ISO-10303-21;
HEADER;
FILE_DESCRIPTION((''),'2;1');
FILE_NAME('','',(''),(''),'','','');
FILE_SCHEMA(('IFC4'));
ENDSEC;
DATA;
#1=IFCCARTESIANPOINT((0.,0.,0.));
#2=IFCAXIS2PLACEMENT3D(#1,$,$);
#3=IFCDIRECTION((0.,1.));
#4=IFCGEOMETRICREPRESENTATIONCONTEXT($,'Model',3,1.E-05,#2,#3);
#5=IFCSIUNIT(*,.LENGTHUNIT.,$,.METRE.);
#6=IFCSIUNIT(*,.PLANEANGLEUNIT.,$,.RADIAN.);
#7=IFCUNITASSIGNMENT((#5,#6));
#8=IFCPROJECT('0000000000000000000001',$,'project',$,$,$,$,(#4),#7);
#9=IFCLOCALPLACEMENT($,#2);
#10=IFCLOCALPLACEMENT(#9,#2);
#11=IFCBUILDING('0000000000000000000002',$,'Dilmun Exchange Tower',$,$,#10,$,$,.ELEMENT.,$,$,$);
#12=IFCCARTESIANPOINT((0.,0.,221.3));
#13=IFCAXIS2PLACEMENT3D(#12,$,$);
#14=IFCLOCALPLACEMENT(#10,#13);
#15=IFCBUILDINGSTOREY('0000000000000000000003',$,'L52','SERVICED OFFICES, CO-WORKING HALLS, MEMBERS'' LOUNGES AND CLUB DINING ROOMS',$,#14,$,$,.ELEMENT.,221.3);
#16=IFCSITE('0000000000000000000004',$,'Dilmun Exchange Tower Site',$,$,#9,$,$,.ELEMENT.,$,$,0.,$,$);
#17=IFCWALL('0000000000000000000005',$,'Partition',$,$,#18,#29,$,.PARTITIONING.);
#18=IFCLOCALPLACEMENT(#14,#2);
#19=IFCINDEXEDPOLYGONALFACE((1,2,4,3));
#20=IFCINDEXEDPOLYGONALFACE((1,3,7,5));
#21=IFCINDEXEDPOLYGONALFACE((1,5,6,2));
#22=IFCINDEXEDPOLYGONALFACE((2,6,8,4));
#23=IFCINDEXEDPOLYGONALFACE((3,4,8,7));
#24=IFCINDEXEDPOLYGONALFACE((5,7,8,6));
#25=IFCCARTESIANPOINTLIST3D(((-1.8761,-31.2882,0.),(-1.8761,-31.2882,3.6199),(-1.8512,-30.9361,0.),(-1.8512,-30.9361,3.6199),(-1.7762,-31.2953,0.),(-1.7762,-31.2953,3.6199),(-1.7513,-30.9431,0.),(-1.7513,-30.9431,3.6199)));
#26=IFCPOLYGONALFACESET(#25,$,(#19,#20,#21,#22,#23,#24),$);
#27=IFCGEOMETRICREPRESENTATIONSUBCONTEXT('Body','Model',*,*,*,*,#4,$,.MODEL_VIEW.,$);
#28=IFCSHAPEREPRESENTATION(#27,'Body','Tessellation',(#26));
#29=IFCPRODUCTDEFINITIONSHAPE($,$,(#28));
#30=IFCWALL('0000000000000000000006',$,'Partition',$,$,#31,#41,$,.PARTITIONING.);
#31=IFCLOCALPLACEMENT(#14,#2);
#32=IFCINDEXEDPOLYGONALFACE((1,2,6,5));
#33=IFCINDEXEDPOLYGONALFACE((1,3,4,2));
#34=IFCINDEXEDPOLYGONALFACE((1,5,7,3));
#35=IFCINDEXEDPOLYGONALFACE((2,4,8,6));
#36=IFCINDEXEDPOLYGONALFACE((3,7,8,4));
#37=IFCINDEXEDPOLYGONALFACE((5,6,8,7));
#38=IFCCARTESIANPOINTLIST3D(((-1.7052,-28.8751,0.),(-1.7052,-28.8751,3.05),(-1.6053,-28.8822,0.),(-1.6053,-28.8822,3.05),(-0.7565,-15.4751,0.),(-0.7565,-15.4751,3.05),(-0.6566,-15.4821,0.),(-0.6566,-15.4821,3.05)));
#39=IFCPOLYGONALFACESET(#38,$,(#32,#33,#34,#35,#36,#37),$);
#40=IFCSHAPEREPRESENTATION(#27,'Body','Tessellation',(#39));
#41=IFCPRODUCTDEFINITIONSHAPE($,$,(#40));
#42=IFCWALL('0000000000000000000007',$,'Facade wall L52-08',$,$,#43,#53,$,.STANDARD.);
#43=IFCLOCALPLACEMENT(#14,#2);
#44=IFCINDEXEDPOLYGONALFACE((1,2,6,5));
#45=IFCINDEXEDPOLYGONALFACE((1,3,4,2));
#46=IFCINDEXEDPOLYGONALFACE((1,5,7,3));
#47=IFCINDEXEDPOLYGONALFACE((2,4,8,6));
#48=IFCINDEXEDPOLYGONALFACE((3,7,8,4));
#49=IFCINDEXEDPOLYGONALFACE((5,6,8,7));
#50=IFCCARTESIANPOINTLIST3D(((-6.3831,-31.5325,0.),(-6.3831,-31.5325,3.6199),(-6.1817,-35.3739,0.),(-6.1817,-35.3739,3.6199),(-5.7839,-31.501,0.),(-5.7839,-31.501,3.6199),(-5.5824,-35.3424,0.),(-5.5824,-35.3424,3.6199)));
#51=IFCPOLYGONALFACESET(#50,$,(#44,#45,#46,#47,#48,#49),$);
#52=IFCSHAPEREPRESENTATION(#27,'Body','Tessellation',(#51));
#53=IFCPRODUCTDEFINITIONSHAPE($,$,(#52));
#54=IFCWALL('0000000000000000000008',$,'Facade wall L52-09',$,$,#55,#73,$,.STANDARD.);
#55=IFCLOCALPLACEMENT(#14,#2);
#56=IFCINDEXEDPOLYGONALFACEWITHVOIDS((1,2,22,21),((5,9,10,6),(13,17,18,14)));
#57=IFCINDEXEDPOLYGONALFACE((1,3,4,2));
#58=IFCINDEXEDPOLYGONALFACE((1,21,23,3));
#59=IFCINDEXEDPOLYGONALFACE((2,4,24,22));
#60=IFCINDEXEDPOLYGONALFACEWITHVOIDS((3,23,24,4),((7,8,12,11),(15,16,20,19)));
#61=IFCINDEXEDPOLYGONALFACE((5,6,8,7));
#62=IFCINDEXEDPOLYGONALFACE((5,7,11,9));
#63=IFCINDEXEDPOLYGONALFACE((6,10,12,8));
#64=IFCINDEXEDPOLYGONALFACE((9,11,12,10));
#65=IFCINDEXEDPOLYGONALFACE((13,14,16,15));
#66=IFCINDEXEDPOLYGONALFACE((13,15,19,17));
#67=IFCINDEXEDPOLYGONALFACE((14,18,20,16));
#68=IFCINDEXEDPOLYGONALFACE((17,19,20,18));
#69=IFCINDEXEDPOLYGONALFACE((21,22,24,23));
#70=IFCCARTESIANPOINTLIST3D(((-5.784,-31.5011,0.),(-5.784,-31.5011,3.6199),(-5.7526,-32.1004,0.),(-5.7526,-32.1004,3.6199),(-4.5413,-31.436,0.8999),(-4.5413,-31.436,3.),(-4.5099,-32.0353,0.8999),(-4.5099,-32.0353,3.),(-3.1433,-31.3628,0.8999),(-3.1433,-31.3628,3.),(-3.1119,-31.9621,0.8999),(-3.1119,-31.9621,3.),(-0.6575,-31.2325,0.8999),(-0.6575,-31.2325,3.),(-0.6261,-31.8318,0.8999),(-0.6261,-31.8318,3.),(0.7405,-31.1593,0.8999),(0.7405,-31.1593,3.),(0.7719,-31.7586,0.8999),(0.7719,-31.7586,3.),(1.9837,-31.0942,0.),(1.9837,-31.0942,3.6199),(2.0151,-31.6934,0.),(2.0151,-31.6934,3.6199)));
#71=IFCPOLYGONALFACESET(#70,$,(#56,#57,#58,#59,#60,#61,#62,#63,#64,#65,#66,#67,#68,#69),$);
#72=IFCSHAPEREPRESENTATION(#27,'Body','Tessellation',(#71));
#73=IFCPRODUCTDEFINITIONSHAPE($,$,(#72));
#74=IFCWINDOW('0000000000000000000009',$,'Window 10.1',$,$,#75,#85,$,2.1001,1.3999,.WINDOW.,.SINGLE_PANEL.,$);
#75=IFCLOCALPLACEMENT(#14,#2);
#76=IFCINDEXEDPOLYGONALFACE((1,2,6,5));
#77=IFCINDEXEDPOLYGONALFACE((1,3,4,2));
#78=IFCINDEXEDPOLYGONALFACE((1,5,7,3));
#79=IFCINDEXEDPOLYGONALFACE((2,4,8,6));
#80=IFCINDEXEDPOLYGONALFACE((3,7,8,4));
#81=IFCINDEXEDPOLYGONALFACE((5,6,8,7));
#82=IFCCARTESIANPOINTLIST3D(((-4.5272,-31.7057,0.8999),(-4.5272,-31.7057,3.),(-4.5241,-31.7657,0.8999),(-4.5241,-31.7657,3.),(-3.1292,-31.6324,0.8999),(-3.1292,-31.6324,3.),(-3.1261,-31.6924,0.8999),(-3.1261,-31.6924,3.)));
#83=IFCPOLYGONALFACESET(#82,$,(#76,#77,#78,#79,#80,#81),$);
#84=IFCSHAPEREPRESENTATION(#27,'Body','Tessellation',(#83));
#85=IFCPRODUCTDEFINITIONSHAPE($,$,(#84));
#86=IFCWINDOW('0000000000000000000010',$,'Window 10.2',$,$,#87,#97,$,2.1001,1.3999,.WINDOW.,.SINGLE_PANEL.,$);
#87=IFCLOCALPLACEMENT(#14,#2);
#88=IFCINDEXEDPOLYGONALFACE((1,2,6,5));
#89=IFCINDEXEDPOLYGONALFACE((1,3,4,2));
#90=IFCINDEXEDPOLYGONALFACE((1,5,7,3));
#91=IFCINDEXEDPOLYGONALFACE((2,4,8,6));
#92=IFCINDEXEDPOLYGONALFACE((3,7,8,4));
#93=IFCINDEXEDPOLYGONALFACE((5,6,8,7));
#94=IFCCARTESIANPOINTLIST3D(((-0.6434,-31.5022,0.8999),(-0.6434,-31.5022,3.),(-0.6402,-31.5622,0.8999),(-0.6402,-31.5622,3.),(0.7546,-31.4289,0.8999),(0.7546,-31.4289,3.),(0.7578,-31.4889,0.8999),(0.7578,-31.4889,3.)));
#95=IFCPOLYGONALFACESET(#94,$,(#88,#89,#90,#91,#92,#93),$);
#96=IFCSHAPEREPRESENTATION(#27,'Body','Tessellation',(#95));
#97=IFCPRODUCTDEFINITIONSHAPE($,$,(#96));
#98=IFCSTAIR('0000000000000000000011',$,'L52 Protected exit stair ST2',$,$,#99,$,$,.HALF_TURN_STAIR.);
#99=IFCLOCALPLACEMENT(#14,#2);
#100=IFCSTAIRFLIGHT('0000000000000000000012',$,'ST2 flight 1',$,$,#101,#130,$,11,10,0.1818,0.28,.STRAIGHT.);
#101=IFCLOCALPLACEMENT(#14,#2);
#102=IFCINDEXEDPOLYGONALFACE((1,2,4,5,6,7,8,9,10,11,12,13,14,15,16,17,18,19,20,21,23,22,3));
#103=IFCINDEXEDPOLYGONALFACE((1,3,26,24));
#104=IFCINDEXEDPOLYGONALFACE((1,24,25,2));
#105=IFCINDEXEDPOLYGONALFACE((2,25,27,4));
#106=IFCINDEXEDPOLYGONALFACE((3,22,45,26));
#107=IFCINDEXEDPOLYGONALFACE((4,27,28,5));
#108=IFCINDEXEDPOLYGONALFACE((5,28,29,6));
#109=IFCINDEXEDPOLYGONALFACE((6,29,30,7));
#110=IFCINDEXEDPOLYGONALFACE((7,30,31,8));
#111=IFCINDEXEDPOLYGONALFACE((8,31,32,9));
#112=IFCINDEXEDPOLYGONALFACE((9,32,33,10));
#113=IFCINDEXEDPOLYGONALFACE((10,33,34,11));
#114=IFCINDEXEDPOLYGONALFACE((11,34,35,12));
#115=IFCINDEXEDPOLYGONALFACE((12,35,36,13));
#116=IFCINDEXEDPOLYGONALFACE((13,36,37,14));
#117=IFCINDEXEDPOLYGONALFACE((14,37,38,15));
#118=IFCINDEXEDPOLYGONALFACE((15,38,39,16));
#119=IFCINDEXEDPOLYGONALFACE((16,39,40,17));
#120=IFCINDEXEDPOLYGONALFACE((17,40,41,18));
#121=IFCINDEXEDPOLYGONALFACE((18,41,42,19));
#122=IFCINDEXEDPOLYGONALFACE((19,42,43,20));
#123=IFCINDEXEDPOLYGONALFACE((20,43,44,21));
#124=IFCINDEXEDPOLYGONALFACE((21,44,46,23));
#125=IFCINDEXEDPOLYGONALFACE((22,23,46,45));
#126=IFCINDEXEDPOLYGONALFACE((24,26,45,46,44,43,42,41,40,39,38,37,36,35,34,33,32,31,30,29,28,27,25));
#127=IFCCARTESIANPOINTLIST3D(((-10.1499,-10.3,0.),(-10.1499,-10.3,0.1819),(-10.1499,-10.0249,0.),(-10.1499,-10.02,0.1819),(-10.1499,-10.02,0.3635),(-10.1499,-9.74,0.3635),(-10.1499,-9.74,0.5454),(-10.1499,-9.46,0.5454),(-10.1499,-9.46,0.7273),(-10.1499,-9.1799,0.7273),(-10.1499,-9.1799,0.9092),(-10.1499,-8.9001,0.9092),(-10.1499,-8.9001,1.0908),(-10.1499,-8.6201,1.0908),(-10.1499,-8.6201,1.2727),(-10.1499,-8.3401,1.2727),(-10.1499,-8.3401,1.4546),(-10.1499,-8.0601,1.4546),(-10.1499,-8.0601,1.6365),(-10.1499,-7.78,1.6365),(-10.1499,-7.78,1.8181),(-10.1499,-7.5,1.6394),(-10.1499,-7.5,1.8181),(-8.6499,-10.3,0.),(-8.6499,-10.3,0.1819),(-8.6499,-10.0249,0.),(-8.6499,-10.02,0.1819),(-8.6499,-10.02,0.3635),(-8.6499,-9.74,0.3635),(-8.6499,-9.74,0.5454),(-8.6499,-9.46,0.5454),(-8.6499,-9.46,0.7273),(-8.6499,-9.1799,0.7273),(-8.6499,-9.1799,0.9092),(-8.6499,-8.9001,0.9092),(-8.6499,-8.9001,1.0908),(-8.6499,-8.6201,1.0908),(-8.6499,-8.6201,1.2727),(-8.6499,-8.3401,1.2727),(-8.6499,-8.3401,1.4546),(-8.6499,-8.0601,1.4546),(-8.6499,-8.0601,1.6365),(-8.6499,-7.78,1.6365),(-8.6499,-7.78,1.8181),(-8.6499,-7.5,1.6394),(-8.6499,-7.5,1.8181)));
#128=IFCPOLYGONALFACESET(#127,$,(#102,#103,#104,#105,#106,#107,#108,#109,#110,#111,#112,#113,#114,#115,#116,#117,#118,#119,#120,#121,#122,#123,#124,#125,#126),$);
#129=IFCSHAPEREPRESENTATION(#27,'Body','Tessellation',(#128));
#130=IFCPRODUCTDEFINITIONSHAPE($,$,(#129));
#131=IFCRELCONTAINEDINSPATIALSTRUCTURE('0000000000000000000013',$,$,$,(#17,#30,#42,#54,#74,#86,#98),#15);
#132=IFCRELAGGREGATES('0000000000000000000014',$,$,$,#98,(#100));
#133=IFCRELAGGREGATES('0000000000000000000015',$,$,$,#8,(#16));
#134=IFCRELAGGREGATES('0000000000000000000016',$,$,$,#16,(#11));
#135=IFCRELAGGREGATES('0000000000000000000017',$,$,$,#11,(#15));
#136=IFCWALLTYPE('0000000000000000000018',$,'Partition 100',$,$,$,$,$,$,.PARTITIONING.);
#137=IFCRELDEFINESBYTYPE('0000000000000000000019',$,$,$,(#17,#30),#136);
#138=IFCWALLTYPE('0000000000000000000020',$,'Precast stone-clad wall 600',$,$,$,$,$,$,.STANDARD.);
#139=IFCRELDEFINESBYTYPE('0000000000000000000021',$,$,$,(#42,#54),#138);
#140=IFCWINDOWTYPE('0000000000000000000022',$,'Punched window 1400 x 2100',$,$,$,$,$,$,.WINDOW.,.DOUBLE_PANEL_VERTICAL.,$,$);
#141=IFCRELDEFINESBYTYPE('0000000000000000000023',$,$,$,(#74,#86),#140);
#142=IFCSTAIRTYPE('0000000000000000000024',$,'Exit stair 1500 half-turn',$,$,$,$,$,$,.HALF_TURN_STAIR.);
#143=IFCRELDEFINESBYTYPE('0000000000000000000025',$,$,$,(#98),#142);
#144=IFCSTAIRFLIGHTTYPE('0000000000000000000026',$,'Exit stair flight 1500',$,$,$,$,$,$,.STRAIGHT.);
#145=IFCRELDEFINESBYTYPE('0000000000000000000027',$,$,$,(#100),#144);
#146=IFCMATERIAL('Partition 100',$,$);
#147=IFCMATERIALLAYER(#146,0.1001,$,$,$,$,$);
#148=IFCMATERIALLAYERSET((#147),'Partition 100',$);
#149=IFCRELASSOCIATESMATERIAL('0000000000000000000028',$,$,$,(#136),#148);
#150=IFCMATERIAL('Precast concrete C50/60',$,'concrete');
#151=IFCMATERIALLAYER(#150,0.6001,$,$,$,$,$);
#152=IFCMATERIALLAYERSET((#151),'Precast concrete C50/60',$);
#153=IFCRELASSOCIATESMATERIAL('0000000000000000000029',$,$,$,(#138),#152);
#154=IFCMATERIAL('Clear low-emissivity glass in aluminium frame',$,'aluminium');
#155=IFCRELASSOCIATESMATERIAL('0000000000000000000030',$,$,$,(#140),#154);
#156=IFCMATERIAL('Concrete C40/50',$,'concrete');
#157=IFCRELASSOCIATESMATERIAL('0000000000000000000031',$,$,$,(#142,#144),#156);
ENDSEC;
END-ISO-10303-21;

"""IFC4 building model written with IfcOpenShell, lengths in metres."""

from ifc_helpers import new_model, si_unit, direction, frame, frame_2d, origin, place, context, subcontext, project, spatial, polyline, rectangle, outline, extrude, material, layer, layer_set, type_object, element, fill, aggregate, save


model = new_model("IFC4")

# Units and contexts
model_context = context("Model", 3, precision=1e-05, world=origin(), true_north=direction((0.0, 1.0)))
body_context = subcontext(model_context, "Body", "Model", "MODEL_VIEW")
ifc_project = project(units=[si_unit("LENGTHUNIT", "METRE"), si_unit("PLANEANGLEUNIT", "RADIAN")], contexts=[model_context])

# Site, building, storey
site_placement = place(None, origin())
site = spatial("IfcSite", under=ifc_project, at=site_placement, Name="Dilmun Exchange Tower Site", CompositionType="ELEMENT", RefElevation=0.0)
building_placement = place(site_placement, origin())
building = spatial("IfcBuilding", under=site, at=building_placement, Name="Dilmun Exchange Tower", CompositionType="ELEMENT")
storey_placement = place(building_placement, frame((0.0, 0.0, 221.3)))
storey = spatial("IfcBuildingStorey", under=building, at=storey_placement, Name="L52", Description="SERVICED OFFICES, CO-WORKING HALLS, MEMBERS' LOUNGES AND CLUB DINING ROOMS", CompositionType="ELEMENT", Elevation=221.3)

# Shared definitions
ifc_material_1 = material(Name="Concrete C40/50", Category="concrete")

# Walls
ifc_material_2 = material(Name="Partition 100")
ifc_layer_1 = layer(ifc_material_2, 0.1001)
ifc_layer_set_1 = layer_set([ifc_layer_1], Name="Partition 100")
wall_type_1 = type_object("IfcWallType", Name="Partition 100", PredefinedType="PARTITIONING", material=ifc_layer_set_1)
wall_1_placement = place(storey_placement, frame((-1.8262, -31.2917, 0.0), z_axis=(0.0, 0.0, 1.0), x_axis=(0.070559, 0.997508, 0.0)))
element("IfcWall", 1, at=wall_1_placement, inside=storey, type_object=wall_type_1, Name="Partition", PredefinedType="PARTITIONING", context=body_context, shape_type="SweptSolid", body=[
    extrude(rectangle(XDim=0.353, YDim=0.1001, at=frame_2d((0.1765, 0.0))), origin(), (0.0, 0.0, 1.0), 3.6199),
])
wall_2_placement = place(storey_placement, frame((-1.6553, -28.8787, 0.0), z_axis=(0.0, 0.0, 1.0), x_axis=(0.070623, 0.997503, 0.0)))
element("IfcWall", 2, at=wall_2_placement, inside=storey, type_object=wall_type_1, Name="Partition", PredefinedType="PARTITIONING", context=body_context, shape_type="SweptSolid", body=[
    extrude(rectangle(XDim=13.4336, YDim=0.1001, at=frame_2d((6.7168, 0.0))), origin(), (0.0, 0.0, 1.0), 3.05),
])
ifc_material_3 = material(Name="Precast concrete C50/60", Category="concrete")
ifc_layer_2 = layer(ifc_material_3, 0.6001)
ifc_layer_set_2 = layer_set([ifc_layer_2], Name="Precast concrete C50/60")
wall_type_2 = type_object("IfcWallType", Name="Precast stone-clad wall 600", PredefinedType="STANDARD", material=ifc_layer_set_2)
wall_3_placement = place(storey_placement, frame((-5.8821, -35.3582, 0.0), z_axis=(0.0, 0.0, 1.0), x_axis=(-0.052362, 0.998628, 0.0)))
element("IfcWall", 3, at=wall_3_placement, inside=storey, type_object=wall_type_2, Name="Facade wall L52-08", PredefinedType="STANDARD", context=body_context, shape_type="SweptSolid", body=[
    extrude(rectangle(XDim=3.8467, YDim=0.6001, at=frame_2d((1.9233, 0.0))), origin(), (0.0, 0.0, 1.0), 3.6199),
])

# Wall, openings, windows
wall_4_placement = place(storey_placement, frame((-5.7683, -31.8008, 0.0), z_axis=(0.0, 0.0, 1.0), x_axis=(0.99863, 0.052323, 0.0)))
wall_4 = element("IfcWall", 4, at=wall_4_placement, inside=storey, type_object=wall_type_2, Name="Facade wall L52-09", PredefinedType="STANDARD", context=body_context, shape_type="SweptSolid", body=[
    extrude(rectangle(XDim=7.7783, YDim=0.6001, at=frame_2d((3.8892, 0.0))), origin(), (0.0, 0.0, 1.0), 3.6199),
])
opening_1_placement = place(wall_4_placement, frame((1.2444, 0.0, 0.8999)))
opening_1 = element("IfcOpeningElement", 5, at=opening_1_placement, cuts=wall_4, PredefinedType="OPENING", context=body_context, shape_type="SweptSolid", body=[
    extrude(rectangle(XDim=1.3999, YDim=2.1001, at=frame_2d((0.7, 1.05))), frame((0.0, 0.3101, 0.0), z_axis=(0.0, -1.0, 0.0), x_axis=(1.0, 0.0, 0.0)), (0.0, 0.0, 1.0), 0.6201),
])
opening_2_placement = place(wall_4_placement, frame((5.1335, 0.0, 0.8999)))
opening_2 = element("IfcOpeningElement", 6, at=opening_2_placement, cuts=wall_4, PredefinedType="OPENING", context=body_context, shape_type="SweptSolid", body=[
    extrude(rectangle(XDim=1.3999, YDim=2.1001, at=frame_2d((0.7, 1.05))), frame((0.0, 0.3101, 0.0), z_axis=(0.0, -1.0, 0.0), x_axis=(1.0, 0.0, 0.0)), (0.0, 0.0, 1.0), 0.6201),
])
ifc_material_4 = material(Name="Clear low-emissivity glass in aluminium frame", Category="aluminium")
window_type = type_object("IfcWindowType", Name="Punched window 1400 x 2100", PartitioningType="DOUBLE_PANEL_VERTICAL", PredefinedType="WINDOW", material=ifc_material_4)
window_1_placement = place(opening_1_placement, origin())
window_1 = element("IfcWindow", 7, at=window_1_placement, inside=storey, type_object=window_type, Name="Window 10.1", OverallHeight=2.1001, OverallWidth=1.3999, PartitioningType="SINGLE_PANEL", PredefinedType="WINDOW", context=body_context, shape_type="SweptSolid", body=[
    extrude(rectangle(XDim=1.3999, YDim=2.1001, at=frame_2d((0.7, 1.05))), frame((0.0, 0.03, 0.0), z_axis=(0.0, -1.0, 0.0), x_axis=(1.0, 0.0, 0.0)), (0.0, 0.0, 1.0), 0.0601),
])
fill(opening_1, window_1)
window_2_placement = place(opening_2_placement, origin())
window_2 = element("IfcWindow", 8, at=window_2_placement, inside=storey, type_object=window_type, Name="Window 10.2", OverallHeight=2.1001, OverallWidth=1.3999, PartitioningType="SINGLE_PANEL", PredefinedType="WINDOW", context=body_context, shape_type="SweptSolid", body=[
    extrude(rectangle(XDim=1.3999, YDim=2.1001, at=frame_2d((0.7, 1.05))), frame((0.0, 0.03, 0.0), z_axis=(0.0, -1.0, 0.0), x_axis=(1.0, 0.0, 0.0)), (0.0, 0.0, 1.0), 0.0601),
])
fill(opening_2, window_2)

# Stair, stair flight
stair_type = type_object("IfcStairType", Name="Exit stair 1500 half-turn", PredefinedType="HALF_TURN_STAIR", material=ifc_material_1)
stair_placement = place(storey_placement, origin())
stair = element("IfcStair", 9, at=stair_placement, inside=storey, type_object=stair_type, Name="L52 Protected exit stair ST2", PredefinedType="HALF_TURN_STAIR")
stair_flight_type = type_object("IfcStairFlightType", Name="Exit stair flight 1500", PredefinedType="STRAIGHT", material=ifc_material_1)
stair_flight_placement = place(storey_placement, frame((-9.3999, -10.3, 0.0), z_axis=(0.0, 0.0, 1.0), x_axis=(0.0, 1.0, 0.0)))
stair_flight = element("IfcStairFlight", 10, at=stair_flight_placement, type_object=stair_flight_type, Name="ST2 flight 1", NumberOfRisers=11, NumberOfTreads=10, PredefinedType="STRAIGHT", RiserHeight=0.1818, TreadLength=0.28, context=body_context, shape_type="SweptSolid", body=[
    extrude(outline(polyline([(0.0, 0.0), (0.0, 0.1819), (0.28, 0.1819), (0.28, 0.3635), (0.5601, 0.3635), (0.5601, 0.5454), (0.8401, 0.5454), (0.8401, 0.7273), (1.1201, 0.7273), (1.1201, 0.9092), (1.3999, 0.9092), (1.3999, 1.0908), (1.6799, 1.0908), (1.6799, 1.2727), (1.96, 1.2727), (1.96, 1.4546), (2.24, 1.4546), (2.24, 1.6365), (2.52, 1.6365), (2.52, 1.8181), (2.8, 1.8181), (2.8, 2.0), (2.8, 1.6394), (0.2751, 0.0), (0.0, 0.0)])), frame((0.0, 0.75, 0.0), z_axis=(0.0, -1.0, 0.0), x_axis=(1.0, 0.0, 0.0)), (0.0, 0.0, 1.0), 1.5),
])
aggregate(stair, [stair_flight])

save(model, "model.ifc")
